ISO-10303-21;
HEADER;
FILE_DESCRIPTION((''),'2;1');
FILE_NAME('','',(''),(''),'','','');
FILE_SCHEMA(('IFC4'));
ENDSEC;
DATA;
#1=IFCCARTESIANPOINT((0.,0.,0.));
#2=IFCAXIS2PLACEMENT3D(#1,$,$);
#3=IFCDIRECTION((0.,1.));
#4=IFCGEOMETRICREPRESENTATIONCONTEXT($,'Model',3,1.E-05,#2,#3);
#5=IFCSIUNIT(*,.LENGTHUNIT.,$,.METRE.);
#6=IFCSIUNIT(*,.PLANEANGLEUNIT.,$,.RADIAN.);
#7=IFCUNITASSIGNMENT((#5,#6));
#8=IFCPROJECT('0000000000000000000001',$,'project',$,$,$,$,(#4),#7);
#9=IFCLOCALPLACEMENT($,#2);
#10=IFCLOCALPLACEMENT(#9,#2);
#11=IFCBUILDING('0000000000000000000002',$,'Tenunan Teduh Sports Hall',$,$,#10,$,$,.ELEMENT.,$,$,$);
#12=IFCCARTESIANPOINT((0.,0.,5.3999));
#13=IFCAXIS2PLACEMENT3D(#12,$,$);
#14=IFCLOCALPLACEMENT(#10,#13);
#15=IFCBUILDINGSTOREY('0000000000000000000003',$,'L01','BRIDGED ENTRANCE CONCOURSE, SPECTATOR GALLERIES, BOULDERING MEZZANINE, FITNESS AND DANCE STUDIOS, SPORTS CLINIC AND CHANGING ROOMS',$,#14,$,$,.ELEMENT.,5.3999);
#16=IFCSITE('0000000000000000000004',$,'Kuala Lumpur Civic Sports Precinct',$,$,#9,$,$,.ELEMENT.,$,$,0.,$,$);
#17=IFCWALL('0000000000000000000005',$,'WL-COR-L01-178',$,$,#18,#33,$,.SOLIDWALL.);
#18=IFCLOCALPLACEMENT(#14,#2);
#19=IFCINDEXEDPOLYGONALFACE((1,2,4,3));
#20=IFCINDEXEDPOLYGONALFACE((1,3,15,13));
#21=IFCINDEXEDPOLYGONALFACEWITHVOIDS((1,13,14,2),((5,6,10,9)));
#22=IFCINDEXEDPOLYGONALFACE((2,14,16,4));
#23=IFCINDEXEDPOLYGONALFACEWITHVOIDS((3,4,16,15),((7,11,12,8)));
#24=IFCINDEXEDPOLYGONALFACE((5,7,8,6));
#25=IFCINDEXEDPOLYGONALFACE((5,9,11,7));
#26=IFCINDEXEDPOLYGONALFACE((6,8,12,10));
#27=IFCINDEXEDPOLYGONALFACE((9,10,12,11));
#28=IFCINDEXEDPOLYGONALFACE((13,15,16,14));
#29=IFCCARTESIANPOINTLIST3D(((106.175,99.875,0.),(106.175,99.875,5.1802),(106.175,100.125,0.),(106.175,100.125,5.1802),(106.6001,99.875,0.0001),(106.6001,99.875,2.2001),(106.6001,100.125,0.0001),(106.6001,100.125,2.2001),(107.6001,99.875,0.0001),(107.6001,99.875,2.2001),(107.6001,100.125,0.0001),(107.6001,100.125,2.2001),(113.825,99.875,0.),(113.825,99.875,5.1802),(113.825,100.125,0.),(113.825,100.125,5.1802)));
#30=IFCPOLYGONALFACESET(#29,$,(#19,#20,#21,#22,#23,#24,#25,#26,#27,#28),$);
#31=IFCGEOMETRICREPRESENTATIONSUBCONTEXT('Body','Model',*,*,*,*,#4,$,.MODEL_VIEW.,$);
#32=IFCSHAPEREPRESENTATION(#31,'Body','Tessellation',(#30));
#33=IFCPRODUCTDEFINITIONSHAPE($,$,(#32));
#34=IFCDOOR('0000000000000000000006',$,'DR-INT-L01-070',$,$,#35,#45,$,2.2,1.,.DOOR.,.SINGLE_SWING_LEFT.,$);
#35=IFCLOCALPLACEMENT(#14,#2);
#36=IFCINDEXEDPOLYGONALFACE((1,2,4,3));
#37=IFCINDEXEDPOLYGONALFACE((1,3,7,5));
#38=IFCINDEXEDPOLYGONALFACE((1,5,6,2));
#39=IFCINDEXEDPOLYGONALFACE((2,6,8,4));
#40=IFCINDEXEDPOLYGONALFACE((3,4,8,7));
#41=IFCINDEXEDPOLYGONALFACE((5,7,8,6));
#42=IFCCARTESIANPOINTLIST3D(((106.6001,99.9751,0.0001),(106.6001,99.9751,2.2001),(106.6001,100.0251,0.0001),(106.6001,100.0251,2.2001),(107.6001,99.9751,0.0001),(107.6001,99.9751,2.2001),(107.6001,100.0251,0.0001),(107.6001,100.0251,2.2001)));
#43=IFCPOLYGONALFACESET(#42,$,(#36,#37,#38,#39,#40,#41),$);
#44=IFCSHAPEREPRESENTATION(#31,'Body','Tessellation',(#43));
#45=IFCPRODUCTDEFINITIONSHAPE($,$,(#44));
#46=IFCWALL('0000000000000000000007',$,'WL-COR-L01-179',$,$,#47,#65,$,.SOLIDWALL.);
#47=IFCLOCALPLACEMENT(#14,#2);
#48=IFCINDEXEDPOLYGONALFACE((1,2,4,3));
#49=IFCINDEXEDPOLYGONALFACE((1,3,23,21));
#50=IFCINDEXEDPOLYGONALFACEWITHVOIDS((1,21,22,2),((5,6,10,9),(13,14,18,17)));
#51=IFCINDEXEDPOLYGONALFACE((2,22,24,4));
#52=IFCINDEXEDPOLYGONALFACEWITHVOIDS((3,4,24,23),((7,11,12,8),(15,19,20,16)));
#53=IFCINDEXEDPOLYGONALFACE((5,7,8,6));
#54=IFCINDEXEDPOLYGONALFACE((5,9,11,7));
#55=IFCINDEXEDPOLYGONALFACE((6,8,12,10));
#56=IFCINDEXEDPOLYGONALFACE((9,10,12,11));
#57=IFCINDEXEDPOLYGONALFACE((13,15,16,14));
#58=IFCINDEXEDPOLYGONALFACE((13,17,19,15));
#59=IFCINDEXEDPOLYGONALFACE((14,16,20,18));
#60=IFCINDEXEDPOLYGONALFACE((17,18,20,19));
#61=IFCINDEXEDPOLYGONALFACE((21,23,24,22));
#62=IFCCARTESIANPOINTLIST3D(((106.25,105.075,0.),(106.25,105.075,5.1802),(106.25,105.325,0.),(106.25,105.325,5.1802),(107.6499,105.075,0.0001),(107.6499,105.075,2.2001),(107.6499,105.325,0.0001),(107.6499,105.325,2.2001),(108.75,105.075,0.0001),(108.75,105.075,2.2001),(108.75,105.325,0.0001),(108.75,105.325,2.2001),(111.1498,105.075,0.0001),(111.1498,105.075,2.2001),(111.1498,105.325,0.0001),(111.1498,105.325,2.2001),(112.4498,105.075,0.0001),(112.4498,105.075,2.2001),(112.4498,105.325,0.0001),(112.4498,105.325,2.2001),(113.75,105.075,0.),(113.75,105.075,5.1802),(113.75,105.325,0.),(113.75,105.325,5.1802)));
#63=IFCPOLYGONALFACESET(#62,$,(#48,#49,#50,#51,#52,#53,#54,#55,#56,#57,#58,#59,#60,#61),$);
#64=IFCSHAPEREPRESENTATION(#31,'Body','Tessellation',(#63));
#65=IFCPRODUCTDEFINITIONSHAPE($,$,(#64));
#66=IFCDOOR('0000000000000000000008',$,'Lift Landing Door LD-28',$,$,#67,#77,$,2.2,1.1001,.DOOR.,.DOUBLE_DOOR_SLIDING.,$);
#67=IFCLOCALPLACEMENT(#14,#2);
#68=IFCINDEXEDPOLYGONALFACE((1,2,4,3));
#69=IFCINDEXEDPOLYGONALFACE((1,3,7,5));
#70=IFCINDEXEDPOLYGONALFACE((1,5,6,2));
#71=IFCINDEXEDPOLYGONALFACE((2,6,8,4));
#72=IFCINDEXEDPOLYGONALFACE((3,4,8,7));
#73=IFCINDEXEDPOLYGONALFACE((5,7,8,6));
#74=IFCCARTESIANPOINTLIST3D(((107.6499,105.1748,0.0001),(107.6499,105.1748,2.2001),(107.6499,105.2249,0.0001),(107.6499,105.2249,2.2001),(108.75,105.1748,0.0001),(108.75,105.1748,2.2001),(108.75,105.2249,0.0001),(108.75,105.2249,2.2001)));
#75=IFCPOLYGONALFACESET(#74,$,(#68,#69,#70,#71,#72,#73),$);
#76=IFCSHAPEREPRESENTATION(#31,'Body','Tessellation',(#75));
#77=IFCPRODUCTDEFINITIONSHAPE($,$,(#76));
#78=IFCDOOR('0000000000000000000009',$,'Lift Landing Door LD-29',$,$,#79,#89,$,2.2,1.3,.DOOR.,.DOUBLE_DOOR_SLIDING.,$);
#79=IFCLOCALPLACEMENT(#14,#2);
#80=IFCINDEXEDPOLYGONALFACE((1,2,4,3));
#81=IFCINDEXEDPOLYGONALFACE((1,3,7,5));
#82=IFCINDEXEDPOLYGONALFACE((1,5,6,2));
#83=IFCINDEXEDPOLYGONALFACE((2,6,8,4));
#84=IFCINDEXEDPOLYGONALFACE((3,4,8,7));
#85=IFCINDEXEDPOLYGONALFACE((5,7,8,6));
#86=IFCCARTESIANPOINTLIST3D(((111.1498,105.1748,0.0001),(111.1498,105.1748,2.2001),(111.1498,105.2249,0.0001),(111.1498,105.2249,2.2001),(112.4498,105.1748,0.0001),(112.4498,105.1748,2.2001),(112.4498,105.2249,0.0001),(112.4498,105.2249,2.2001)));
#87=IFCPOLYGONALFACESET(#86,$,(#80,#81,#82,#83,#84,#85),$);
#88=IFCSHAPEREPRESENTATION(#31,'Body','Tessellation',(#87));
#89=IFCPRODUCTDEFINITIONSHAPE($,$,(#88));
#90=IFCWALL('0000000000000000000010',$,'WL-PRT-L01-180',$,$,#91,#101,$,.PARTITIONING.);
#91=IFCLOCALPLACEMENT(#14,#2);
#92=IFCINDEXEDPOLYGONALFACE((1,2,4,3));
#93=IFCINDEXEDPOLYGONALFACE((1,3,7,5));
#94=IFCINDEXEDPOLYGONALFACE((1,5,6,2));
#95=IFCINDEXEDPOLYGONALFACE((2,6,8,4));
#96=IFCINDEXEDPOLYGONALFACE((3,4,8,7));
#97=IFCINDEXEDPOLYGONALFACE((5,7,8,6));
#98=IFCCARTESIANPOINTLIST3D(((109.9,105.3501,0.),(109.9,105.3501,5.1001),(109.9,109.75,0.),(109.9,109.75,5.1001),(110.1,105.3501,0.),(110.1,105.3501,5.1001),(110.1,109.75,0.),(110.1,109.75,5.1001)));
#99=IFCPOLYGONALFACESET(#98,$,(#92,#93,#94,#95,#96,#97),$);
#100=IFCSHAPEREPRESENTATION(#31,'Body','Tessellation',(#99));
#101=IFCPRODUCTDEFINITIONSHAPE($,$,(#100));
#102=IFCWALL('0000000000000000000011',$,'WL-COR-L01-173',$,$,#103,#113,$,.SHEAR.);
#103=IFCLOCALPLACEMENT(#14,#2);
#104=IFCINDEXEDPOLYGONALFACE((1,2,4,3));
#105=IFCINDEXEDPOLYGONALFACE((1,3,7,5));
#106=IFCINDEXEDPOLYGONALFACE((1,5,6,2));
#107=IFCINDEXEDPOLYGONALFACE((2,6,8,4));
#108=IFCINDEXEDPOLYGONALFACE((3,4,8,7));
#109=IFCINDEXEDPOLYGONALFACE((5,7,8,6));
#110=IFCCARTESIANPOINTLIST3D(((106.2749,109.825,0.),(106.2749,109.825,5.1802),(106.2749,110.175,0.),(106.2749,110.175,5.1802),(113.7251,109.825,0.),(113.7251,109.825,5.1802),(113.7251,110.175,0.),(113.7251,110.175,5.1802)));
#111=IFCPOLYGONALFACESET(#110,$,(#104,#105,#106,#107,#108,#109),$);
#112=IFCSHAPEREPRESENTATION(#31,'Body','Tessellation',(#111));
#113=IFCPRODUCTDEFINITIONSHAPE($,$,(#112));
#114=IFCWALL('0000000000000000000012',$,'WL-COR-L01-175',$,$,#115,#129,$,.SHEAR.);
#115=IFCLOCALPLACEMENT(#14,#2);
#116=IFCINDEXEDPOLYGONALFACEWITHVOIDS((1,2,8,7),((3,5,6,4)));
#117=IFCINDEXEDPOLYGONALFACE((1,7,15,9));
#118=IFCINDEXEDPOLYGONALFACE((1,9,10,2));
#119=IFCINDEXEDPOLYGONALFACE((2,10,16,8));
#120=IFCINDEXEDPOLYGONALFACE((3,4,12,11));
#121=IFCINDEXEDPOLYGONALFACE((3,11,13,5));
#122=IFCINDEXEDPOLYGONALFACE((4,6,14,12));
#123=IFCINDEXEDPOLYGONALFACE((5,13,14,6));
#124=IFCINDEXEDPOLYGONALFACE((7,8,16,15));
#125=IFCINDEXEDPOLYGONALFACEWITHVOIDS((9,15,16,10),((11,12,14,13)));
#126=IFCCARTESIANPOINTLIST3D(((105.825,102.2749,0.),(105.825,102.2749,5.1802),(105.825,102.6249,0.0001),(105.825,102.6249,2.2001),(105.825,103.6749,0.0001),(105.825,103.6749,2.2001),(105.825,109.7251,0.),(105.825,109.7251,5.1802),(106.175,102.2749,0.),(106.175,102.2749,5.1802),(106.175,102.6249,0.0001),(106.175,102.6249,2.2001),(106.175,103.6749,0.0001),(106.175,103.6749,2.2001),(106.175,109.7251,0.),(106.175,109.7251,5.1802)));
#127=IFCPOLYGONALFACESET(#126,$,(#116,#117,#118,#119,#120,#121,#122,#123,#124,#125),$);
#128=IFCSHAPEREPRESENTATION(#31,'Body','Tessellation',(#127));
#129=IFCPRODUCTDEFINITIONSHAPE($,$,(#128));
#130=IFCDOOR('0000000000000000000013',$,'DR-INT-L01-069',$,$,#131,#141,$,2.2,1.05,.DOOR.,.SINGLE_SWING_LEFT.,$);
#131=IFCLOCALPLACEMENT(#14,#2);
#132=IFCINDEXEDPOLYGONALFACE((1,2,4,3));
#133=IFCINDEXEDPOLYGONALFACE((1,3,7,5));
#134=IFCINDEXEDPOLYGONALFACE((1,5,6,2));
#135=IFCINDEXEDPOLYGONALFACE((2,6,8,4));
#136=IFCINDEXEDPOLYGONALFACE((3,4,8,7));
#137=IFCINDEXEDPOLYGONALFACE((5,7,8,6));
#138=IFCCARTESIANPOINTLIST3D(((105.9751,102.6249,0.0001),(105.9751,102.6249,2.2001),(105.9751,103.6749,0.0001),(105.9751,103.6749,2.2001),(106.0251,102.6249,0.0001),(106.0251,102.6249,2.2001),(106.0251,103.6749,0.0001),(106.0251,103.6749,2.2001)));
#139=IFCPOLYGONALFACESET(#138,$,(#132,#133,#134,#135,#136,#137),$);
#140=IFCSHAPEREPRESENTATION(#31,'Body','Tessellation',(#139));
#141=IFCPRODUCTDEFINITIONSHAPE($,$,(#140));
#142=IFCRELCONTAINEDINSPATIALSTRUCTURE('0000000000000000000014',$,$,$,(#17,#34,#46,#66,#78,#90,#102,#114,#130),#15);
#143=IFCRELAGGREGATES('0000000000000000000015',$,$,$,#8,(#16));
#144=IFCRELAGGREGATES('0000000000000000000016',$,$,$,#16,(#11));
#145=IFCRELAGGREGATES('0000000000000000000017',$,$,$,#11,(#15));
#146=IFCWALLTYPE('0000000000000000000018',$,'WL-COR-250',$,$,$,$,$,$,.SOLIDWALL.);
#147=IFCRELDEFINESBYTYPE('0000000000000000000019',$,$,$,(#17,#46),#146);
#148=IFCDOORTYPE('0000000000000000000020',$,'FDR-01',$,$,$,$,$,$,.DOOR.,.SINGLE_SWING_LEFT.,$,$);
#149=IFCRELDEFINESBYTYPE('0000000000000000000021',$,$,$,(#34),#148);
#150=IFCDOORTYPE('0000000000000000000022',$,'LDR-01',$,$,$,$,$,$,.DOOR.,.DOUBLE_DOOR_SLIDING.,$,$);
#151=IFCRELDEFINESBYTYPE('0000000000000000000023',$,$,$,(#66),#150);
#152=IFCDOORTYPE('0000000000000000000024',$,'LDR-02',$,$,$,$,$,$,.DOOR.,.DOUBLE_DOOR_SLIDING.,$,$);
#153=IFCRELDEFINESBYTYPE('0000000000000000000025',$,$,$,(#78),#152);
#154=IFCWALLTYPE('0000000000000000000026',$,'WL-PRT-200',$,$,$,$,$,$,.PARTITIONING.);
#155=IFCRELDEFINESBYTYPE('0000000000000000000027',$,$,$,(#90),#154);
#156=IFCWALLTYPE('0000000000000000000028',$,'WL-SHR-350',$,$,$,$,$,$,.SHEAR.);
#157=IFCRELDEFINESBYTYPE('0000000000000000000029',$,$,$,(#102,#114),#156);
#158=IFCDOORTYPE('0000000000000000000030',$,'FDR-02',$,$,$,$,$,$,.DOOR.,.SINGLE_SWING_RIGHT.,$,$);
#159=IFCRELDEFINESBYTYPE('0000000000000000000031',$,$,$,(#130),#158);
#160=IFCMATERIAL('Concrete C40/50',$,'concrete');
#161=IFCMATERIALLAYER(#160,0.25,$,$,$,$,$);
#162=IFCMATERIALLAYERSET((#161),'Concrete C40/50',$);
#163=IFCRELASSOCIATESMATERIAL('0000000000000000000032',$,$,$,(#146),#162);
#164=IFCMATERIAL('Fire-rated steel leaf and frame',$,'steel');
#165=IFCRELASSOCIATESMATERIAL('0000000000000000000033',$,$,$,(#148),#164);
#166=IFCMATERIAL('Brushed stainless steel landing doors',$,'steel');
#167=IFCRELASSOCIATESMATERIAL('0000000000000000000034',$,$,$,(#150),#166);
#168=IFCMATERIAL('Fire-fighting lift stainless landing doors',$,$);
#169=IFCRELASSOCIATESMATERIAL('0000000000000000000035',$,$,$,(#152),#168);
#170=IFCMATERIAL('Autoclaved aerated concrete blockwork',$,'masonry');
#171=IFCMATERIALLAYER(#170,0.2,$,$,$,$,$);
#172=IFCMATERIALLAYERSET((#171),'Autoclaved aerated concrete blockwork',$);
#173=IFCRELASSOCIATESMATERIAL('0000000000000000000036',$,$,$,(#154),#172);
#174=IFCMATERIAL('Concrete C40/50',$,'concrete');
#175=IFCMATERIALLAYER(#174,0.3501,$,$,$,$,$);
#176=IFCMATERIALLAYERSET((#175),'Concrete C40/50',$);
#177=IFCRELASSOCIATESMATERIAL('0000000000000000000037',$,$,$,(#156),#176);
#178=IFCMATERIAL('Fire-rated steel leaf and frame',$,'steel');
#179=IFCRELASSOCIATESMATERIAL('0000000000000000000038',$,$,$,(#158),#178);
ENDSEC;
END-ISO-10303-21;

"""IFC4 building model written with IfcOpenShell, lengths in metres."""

from ifc_helpers import new_model, si_unit, direction, frame, frame_2d, origin, place, context, subcontext, project, spatial, rectangle, extrude, material, layer, layer_set, type_object, element, fill, save


model = new_model("IFC4")

# Units and contexts
model_context = context("Model", 3, precision=1e-05, world=origin(), true_north=direction((0.0, 1.0)))
body_context = subcontext(model_context, "Body", "Model", "MODEL_VIEW")
ifc_project = project(units=[si_unit("LENGTHUNIT", "METRE"), si_unit("PLANEANGLEUNIT", "RADIAN")], contexts=[model_context])

# Site, building, storey
site_placement = place(None, origin())
site = spatial("IfcSite", under=ifc_project, at=site_placement, Name="Kuala Lumpur Civic Sports Precinct", CompositionType="ELEMENT", RefElevation=0.0)
building_placement = place(site_placement, origin())
building = spatial("IfcBuilding", under=site, at=building_placement, Name="Tenunan Teduh Sports Hall", CompositionType="ELEMENT")
storey_placement = place(building_placement, frame((0.0, 0.0, 5.3999)))
storey = spatial("IfcBuildingStorey", under=building, at=storey_placement, Name="L01", Description="BRIDGED ENTRANCE CONCOURSE, SPECTATOR GALLERIES, BOULDERING MEZZANINE, FITNESS AND DANCE STUDIOS, SPORTS CLINIC AND CHANGING ROOMS", CompositionType="ELEMENT", Elevation=5.3999)

# Wall, opening, door
ifc_material_1 = material(Name="Concrete C40/50", Category="concrete")
ifc_layer_1 = layer(ifc_material_1, 0.25)
ifc_layer_set_1 = layer_set([ifc_layer_1], Name="Concrete C40/50")
wall_type_1 = type_object("IfcWallType", Name="WL-COR-250", PredefinedType="SOLIDWALL", material=ifc_layer_set_1)
wall_1_placement = place(storey_placement, frame((106.175, 100.0, 0.0), z_axis=(0.0, 0.0, 1.0), x_axis=(1.0, 0.0, 0.0)))
wall_1 = element("IfcWall", 1, at=wall_1_placement, inside=storey, type_object=wall_type_1, Name="WL-COR-L01-178", PredefinedType="SOLIDWALL", context=body_context, shape_type="SweptSolid", body=[
    extrude(rectangle(XDim=7.6499, YDim=0.25, at=frame_2d((3.825, 0.0))), origin(), (0.0, 0.0, 1.0), 5.1802),
])
opening_1_placement = place(wall_1_placement, frame((0.425, 0.0, 0.0)))
opening_1 = element("IfcOpeningElement", 2, at=opening_1_placement, cuts=wall_1, PredefinedType="OPENING", context=body_context, shape_type="SweptSolid", body=[
    extrude(rectangle(XDim=1.0, YDim=2.2, at=frame_2d((0.5, 1.1001))), frame((0.0, 0.135, 0.0), z_axis=(0.0, -1.0, 0.0), x_axis=(1.0, 0.0, 0.0)), (0.0, 0.0, 1.0), 0.27),
])
ifc_material_2 = material(Name="Fire-rated steel leaf and frame", Category="steel")
door_type_1 = type_object("IfcDoorType", Name="FDR-01", OperationType="SINGLE_SWING_LEFT", PredefinedType="DOOR", material=ifc_material_2)
door_1_placement = place(opening_1_placement, frame((1.0, 0.0, 0.0), z_axis=(0.0, 0.0, 1.0), x_axis=(-1.0, 0.0, 0.0)))
door_1 = element("IfcDoor", 3, at=door_1_placement, inside=storey, type_object=door_type_1, Name="DR-INT-L01-070", OperationType="SINGLE_SWING_LEFT", OverallHeight=2.2, OverallWidth=1.0, PredefinedType="DOOR", context=body_context, shape_type="SweptSolid", body=[
    extrude(rectangle(XDim=1.0, YDim=2.2, at=frame_2d((0.5, 1.1001))), frame((0.0, 0.0249, 0.0), z_axis=(0.0, -1.0, 0.0), x_axis=(1.0, 0.0, 0.0)), (0.0, 0.0, 1.0), 0.05),
])
fill(opening_1, door_1)

# Wall, openings, doors
wall_2_placement = place(storey_placement, frame((106.25, 105.2, 0.0), z_axis=(0.0, 0.0, 1.0), x_axis=(1.0, 0.0, 0.0)))
wall_2 = element("IfcWall", 4, at=wall_2_placement, inside=storey, type_object=wall_type_1, Name="WL-COR-L01-179", PredefinedType="SOLIDWALL", context=body_context, shape_type="SweptSolid", body=[
    extrude(rectangle(XDim=7.5, YDim=0.25, at=frame_2d((3.75, 0.0))), origin(), (0.0, 0.0, 1.0), 5.1802),
])
opening_2_placement = place(wall_2_placement, frame((1.3999, 0.0, 0.0)))
opening_2 = element("IfcOpeningElement", 5, at=opening_2_placement, cuts=wall_2, PredefinedType="OPENING", context=body_context, shape_type="SweptSolid", body=[
    extrude(rectangle(XDim=1.1001, YDim=2.2, at=frame_2d((0.55, 1.1001))), frame((0.0, 0.135, 0.0), z_axis=(0.0, -1.0, 0.0), x_axis=(1.0, 0.0, 0.0)), (0.0, 0.0, 1.0), 0.27),
])
opening_3_placement = place(wall_2_placement, frame((4.8999, 0.0, 0.0)))
opening_3 = element("IfcOpeningElement", 6, at=opening_3_placement, cuts=wall_2, PredefinedType="OPENING", context=body_context, shape_type="SweptSolid", body=[
    extrude(rectangle(XDim=1.3, YDim=2.2, at=frame_2d((0.6499, 1.1001))), frame((0.0, 0.135, 0.0), z_axis=(0.0, -1.0, 0.0), x_axis=(1.0, 0.0, 0.0)), (0.0, 0.0, 1.0), 0.27),
])
ifc_material_3 = material(Name="Brushed stainless steel landing doors", Category="steel")
door_type_2 = type_object("IfcDoorType", Name="LDR-01", OperationType="DOUBLE_DOOR_SLIDING", PredefinedType="DOOR", material=ifc_material_3)
door_2_placement = place(opening_2_placement, origin())
door_2 = element("IfcDoor", 7, at=door_2_placement, inside=storey, type_object=door_type_2, Name="Lift Landing Door LD-28", OperationType="DOUBLE_DOOR_SLIDING", OverallHeight=2.2, OverallWidth=1.1001, PredefinedType="DOOR", context=body_context, shape_type="SweptSolid", body=[
    extrude(rectangle(XDim=1.1001, YDim=2.2, at=frame_2d((0.55, 1.1001))), frame((0.0, 0.0249, 0.0), z_axis=(0.0, -1.0, 0.0), x_axis=(1.0, 0.0, 0.0)), (0.0, 0.0, 1.0), 0.05),
])
fill(opening_2, door_2)
ifc_material_4 = material(Name="Fire-fighting lift stainless landing doors")
door_type_3 = type_object("IfcDoorType", Name="LDR-02", OperationType="DOUBLE_DOOR_SLIDING", PredefinedType="DOOR", material=ifc_material_4)
door_3_placement = place(opening_3_placement, origin())
door_3 = element("IfcDoor", 8, at=door_3_placement, inside=storey, type_object=door_type_3, Name="Lift Landing Door LD-29", OperationType="DOUBLE_DOOR_SLIDING", OverallHeight=2.2, OverallWidth=1.3, PredefinedType="DOOR", context=body_context, shape_type="SweptSolid", body=[
    extrude(rectangle(XDim=1.3, YDim=2.2, at=frame_2d((0.6499, 1.1001))), frame((0.0, 0.0249, 0.0), z_axis=(0.0, -1.0, 0.0), x_axis=(1.0, 0.0, 0.0)), (0.0, 0.0, 1.0), 0.05),
])
fill(opening_3, door_3)

# Walls
ifc_material_5 = material(Name="Autoclaved aerated concrete blockwork", Category="masonry")
ifc_layer_2 = layer(ifc_material_5, 0.2)
ifc_layer_set_2 = layer_set([ifc_layer_2], Name="Autoclaved aerated concrete blockwork")
wall_type_2 = type_object("IfcWallType", Name="WL-PRT-200", PredefinedType="PARTITIONING", material=ifc_layer_set_2)
wall_3_placement = place(storey_placement, frame((110.0, 105.3501, 0.0), z_axis=(0.0, 0.0, 1.0), x_axis=(0.0, 1.0, 0.0)))
element("IfcWall", 9, at=wall_3_placement, inside=storey, type_object=wall_type_2, Name="WL-PRT-L01-180", PredefinedType="PARTITIONING", context=body_context, shape_type="SweptSolid", body=[
    extrude(rectangle(XDim=4.3999, YDim=0.2, at=frame_2d((2.2, 0.0))), origin(), (0.0, 0.0, 1.0), 5.1001),
])
ifc_material_6 = material(Name="Concrete C40/50", Category="concrete")
ifc_layer_3 = layer(ifc_material_6, 0.3501)
ifc_layer_set_3 = layer_set([ifc_layer_3], Name="Concrete C40/50")
wall_type_3 = type_object("IfcWallType", Name="WL-SHR-350", PredefinedType="SHEAR", material=ifc_layer_set_3)
wall_4_placement = place(storey_placement, frame((106.2749, 110.0, 0.0), z_axis=(0.0, 0.0, 1.0), x_axis=(1.0, 0.0, 0.0)))
element("IfcWall", 10, at=wall_4_placement, inside=storey, type_object=wall_type_3, Name="WL-COR-L01-173", PredefinedType="SHEAR", context=body_context, shape_type="SweptSolid", body=[
    extrude(rectangle(XDim=7.4502, YDim=0.3501, at=frame_2d((3.7251, 0.0))), origin(), (0.0, 0.0, 1.0), 5.1802),
])

# Wall, opening, door
wall_5_placement = place(storey_placement, frame((106.0, 102.2749, 0.0), z_axis=(0.0, 0.0, 1.0), x_axis=(0.0, 1.0, 0.0)))
wall_5 = element("IfcWall", 11, at=wall_5_placement, inside=storey, type_object=wall_type_3, Name="WL-COR-L01-175", PredefinedType="SHEAR", context=body_context, shape_type="SweptSolid", body=[
    extrude(rectangle(XDim=7.4502, YDim=0.3501, at=frame_2d((3.7251, 0.0))), origin(), (0.0, 0.0, 1.0), 5.1802),
])
opening_4_placement = place(wall_5_placement, frame((0.3501, 0.0, 0.0)))
opening_4 = element("IfcOpeningElement", 12, at=opening_4_placement, cuts=wall_5, PredefinedType="OPENING", context=body_context, shape_type="SweptSolid", body=[
    extrude(rectangle(XDim=1.05, YDim=2.2, at=frame_2d((0.5249, 1.1001))), frame((0.0, 0.1851, 0.0), z_axis=(0.0, -1.0, 0.0), x_axis=(1.0, 0.0, 0.0)), (0.0, 0.0, 1.0), 0.3701),
])
ifc_material_7 = material(Name="Fire-rated steel leaf and frame", Category="steel")
door_type_4 = type_object("IfcDoorType", Name="FDR-02", OperationType="SINGLE_SWING_RIGHT", PredefinedType="DOOR", material=ifc_material_7)
door_4_placement = place(opening_4_placement, origin())
door_4 = element("IfcDoor", 13, at=door_4_placement, inside=storey, type_object=door_type_4, Name="DR-INT-L01-069", OperationType="SINGLE_SWING_LEFT", OverallHeight=2.2, OverallWidth=1.05, PredefinedType="DOOR", context=body_context, shape_type="SweptSolid", body=[
    extrude(rectangle(XDim=1.05, YDim=2.2, at=frame_2d((0.5249, 1.1001))), frame((0.0, 0.0249, 0.0), z_axis=(0.0, -1.0, 0.0), x_axis=(1.0, 0.0, 0.0)), (0.0, 0.0, 1.0), 0.05),
])
fill(opening_4, door_4)

save(model, "model.ifc")
